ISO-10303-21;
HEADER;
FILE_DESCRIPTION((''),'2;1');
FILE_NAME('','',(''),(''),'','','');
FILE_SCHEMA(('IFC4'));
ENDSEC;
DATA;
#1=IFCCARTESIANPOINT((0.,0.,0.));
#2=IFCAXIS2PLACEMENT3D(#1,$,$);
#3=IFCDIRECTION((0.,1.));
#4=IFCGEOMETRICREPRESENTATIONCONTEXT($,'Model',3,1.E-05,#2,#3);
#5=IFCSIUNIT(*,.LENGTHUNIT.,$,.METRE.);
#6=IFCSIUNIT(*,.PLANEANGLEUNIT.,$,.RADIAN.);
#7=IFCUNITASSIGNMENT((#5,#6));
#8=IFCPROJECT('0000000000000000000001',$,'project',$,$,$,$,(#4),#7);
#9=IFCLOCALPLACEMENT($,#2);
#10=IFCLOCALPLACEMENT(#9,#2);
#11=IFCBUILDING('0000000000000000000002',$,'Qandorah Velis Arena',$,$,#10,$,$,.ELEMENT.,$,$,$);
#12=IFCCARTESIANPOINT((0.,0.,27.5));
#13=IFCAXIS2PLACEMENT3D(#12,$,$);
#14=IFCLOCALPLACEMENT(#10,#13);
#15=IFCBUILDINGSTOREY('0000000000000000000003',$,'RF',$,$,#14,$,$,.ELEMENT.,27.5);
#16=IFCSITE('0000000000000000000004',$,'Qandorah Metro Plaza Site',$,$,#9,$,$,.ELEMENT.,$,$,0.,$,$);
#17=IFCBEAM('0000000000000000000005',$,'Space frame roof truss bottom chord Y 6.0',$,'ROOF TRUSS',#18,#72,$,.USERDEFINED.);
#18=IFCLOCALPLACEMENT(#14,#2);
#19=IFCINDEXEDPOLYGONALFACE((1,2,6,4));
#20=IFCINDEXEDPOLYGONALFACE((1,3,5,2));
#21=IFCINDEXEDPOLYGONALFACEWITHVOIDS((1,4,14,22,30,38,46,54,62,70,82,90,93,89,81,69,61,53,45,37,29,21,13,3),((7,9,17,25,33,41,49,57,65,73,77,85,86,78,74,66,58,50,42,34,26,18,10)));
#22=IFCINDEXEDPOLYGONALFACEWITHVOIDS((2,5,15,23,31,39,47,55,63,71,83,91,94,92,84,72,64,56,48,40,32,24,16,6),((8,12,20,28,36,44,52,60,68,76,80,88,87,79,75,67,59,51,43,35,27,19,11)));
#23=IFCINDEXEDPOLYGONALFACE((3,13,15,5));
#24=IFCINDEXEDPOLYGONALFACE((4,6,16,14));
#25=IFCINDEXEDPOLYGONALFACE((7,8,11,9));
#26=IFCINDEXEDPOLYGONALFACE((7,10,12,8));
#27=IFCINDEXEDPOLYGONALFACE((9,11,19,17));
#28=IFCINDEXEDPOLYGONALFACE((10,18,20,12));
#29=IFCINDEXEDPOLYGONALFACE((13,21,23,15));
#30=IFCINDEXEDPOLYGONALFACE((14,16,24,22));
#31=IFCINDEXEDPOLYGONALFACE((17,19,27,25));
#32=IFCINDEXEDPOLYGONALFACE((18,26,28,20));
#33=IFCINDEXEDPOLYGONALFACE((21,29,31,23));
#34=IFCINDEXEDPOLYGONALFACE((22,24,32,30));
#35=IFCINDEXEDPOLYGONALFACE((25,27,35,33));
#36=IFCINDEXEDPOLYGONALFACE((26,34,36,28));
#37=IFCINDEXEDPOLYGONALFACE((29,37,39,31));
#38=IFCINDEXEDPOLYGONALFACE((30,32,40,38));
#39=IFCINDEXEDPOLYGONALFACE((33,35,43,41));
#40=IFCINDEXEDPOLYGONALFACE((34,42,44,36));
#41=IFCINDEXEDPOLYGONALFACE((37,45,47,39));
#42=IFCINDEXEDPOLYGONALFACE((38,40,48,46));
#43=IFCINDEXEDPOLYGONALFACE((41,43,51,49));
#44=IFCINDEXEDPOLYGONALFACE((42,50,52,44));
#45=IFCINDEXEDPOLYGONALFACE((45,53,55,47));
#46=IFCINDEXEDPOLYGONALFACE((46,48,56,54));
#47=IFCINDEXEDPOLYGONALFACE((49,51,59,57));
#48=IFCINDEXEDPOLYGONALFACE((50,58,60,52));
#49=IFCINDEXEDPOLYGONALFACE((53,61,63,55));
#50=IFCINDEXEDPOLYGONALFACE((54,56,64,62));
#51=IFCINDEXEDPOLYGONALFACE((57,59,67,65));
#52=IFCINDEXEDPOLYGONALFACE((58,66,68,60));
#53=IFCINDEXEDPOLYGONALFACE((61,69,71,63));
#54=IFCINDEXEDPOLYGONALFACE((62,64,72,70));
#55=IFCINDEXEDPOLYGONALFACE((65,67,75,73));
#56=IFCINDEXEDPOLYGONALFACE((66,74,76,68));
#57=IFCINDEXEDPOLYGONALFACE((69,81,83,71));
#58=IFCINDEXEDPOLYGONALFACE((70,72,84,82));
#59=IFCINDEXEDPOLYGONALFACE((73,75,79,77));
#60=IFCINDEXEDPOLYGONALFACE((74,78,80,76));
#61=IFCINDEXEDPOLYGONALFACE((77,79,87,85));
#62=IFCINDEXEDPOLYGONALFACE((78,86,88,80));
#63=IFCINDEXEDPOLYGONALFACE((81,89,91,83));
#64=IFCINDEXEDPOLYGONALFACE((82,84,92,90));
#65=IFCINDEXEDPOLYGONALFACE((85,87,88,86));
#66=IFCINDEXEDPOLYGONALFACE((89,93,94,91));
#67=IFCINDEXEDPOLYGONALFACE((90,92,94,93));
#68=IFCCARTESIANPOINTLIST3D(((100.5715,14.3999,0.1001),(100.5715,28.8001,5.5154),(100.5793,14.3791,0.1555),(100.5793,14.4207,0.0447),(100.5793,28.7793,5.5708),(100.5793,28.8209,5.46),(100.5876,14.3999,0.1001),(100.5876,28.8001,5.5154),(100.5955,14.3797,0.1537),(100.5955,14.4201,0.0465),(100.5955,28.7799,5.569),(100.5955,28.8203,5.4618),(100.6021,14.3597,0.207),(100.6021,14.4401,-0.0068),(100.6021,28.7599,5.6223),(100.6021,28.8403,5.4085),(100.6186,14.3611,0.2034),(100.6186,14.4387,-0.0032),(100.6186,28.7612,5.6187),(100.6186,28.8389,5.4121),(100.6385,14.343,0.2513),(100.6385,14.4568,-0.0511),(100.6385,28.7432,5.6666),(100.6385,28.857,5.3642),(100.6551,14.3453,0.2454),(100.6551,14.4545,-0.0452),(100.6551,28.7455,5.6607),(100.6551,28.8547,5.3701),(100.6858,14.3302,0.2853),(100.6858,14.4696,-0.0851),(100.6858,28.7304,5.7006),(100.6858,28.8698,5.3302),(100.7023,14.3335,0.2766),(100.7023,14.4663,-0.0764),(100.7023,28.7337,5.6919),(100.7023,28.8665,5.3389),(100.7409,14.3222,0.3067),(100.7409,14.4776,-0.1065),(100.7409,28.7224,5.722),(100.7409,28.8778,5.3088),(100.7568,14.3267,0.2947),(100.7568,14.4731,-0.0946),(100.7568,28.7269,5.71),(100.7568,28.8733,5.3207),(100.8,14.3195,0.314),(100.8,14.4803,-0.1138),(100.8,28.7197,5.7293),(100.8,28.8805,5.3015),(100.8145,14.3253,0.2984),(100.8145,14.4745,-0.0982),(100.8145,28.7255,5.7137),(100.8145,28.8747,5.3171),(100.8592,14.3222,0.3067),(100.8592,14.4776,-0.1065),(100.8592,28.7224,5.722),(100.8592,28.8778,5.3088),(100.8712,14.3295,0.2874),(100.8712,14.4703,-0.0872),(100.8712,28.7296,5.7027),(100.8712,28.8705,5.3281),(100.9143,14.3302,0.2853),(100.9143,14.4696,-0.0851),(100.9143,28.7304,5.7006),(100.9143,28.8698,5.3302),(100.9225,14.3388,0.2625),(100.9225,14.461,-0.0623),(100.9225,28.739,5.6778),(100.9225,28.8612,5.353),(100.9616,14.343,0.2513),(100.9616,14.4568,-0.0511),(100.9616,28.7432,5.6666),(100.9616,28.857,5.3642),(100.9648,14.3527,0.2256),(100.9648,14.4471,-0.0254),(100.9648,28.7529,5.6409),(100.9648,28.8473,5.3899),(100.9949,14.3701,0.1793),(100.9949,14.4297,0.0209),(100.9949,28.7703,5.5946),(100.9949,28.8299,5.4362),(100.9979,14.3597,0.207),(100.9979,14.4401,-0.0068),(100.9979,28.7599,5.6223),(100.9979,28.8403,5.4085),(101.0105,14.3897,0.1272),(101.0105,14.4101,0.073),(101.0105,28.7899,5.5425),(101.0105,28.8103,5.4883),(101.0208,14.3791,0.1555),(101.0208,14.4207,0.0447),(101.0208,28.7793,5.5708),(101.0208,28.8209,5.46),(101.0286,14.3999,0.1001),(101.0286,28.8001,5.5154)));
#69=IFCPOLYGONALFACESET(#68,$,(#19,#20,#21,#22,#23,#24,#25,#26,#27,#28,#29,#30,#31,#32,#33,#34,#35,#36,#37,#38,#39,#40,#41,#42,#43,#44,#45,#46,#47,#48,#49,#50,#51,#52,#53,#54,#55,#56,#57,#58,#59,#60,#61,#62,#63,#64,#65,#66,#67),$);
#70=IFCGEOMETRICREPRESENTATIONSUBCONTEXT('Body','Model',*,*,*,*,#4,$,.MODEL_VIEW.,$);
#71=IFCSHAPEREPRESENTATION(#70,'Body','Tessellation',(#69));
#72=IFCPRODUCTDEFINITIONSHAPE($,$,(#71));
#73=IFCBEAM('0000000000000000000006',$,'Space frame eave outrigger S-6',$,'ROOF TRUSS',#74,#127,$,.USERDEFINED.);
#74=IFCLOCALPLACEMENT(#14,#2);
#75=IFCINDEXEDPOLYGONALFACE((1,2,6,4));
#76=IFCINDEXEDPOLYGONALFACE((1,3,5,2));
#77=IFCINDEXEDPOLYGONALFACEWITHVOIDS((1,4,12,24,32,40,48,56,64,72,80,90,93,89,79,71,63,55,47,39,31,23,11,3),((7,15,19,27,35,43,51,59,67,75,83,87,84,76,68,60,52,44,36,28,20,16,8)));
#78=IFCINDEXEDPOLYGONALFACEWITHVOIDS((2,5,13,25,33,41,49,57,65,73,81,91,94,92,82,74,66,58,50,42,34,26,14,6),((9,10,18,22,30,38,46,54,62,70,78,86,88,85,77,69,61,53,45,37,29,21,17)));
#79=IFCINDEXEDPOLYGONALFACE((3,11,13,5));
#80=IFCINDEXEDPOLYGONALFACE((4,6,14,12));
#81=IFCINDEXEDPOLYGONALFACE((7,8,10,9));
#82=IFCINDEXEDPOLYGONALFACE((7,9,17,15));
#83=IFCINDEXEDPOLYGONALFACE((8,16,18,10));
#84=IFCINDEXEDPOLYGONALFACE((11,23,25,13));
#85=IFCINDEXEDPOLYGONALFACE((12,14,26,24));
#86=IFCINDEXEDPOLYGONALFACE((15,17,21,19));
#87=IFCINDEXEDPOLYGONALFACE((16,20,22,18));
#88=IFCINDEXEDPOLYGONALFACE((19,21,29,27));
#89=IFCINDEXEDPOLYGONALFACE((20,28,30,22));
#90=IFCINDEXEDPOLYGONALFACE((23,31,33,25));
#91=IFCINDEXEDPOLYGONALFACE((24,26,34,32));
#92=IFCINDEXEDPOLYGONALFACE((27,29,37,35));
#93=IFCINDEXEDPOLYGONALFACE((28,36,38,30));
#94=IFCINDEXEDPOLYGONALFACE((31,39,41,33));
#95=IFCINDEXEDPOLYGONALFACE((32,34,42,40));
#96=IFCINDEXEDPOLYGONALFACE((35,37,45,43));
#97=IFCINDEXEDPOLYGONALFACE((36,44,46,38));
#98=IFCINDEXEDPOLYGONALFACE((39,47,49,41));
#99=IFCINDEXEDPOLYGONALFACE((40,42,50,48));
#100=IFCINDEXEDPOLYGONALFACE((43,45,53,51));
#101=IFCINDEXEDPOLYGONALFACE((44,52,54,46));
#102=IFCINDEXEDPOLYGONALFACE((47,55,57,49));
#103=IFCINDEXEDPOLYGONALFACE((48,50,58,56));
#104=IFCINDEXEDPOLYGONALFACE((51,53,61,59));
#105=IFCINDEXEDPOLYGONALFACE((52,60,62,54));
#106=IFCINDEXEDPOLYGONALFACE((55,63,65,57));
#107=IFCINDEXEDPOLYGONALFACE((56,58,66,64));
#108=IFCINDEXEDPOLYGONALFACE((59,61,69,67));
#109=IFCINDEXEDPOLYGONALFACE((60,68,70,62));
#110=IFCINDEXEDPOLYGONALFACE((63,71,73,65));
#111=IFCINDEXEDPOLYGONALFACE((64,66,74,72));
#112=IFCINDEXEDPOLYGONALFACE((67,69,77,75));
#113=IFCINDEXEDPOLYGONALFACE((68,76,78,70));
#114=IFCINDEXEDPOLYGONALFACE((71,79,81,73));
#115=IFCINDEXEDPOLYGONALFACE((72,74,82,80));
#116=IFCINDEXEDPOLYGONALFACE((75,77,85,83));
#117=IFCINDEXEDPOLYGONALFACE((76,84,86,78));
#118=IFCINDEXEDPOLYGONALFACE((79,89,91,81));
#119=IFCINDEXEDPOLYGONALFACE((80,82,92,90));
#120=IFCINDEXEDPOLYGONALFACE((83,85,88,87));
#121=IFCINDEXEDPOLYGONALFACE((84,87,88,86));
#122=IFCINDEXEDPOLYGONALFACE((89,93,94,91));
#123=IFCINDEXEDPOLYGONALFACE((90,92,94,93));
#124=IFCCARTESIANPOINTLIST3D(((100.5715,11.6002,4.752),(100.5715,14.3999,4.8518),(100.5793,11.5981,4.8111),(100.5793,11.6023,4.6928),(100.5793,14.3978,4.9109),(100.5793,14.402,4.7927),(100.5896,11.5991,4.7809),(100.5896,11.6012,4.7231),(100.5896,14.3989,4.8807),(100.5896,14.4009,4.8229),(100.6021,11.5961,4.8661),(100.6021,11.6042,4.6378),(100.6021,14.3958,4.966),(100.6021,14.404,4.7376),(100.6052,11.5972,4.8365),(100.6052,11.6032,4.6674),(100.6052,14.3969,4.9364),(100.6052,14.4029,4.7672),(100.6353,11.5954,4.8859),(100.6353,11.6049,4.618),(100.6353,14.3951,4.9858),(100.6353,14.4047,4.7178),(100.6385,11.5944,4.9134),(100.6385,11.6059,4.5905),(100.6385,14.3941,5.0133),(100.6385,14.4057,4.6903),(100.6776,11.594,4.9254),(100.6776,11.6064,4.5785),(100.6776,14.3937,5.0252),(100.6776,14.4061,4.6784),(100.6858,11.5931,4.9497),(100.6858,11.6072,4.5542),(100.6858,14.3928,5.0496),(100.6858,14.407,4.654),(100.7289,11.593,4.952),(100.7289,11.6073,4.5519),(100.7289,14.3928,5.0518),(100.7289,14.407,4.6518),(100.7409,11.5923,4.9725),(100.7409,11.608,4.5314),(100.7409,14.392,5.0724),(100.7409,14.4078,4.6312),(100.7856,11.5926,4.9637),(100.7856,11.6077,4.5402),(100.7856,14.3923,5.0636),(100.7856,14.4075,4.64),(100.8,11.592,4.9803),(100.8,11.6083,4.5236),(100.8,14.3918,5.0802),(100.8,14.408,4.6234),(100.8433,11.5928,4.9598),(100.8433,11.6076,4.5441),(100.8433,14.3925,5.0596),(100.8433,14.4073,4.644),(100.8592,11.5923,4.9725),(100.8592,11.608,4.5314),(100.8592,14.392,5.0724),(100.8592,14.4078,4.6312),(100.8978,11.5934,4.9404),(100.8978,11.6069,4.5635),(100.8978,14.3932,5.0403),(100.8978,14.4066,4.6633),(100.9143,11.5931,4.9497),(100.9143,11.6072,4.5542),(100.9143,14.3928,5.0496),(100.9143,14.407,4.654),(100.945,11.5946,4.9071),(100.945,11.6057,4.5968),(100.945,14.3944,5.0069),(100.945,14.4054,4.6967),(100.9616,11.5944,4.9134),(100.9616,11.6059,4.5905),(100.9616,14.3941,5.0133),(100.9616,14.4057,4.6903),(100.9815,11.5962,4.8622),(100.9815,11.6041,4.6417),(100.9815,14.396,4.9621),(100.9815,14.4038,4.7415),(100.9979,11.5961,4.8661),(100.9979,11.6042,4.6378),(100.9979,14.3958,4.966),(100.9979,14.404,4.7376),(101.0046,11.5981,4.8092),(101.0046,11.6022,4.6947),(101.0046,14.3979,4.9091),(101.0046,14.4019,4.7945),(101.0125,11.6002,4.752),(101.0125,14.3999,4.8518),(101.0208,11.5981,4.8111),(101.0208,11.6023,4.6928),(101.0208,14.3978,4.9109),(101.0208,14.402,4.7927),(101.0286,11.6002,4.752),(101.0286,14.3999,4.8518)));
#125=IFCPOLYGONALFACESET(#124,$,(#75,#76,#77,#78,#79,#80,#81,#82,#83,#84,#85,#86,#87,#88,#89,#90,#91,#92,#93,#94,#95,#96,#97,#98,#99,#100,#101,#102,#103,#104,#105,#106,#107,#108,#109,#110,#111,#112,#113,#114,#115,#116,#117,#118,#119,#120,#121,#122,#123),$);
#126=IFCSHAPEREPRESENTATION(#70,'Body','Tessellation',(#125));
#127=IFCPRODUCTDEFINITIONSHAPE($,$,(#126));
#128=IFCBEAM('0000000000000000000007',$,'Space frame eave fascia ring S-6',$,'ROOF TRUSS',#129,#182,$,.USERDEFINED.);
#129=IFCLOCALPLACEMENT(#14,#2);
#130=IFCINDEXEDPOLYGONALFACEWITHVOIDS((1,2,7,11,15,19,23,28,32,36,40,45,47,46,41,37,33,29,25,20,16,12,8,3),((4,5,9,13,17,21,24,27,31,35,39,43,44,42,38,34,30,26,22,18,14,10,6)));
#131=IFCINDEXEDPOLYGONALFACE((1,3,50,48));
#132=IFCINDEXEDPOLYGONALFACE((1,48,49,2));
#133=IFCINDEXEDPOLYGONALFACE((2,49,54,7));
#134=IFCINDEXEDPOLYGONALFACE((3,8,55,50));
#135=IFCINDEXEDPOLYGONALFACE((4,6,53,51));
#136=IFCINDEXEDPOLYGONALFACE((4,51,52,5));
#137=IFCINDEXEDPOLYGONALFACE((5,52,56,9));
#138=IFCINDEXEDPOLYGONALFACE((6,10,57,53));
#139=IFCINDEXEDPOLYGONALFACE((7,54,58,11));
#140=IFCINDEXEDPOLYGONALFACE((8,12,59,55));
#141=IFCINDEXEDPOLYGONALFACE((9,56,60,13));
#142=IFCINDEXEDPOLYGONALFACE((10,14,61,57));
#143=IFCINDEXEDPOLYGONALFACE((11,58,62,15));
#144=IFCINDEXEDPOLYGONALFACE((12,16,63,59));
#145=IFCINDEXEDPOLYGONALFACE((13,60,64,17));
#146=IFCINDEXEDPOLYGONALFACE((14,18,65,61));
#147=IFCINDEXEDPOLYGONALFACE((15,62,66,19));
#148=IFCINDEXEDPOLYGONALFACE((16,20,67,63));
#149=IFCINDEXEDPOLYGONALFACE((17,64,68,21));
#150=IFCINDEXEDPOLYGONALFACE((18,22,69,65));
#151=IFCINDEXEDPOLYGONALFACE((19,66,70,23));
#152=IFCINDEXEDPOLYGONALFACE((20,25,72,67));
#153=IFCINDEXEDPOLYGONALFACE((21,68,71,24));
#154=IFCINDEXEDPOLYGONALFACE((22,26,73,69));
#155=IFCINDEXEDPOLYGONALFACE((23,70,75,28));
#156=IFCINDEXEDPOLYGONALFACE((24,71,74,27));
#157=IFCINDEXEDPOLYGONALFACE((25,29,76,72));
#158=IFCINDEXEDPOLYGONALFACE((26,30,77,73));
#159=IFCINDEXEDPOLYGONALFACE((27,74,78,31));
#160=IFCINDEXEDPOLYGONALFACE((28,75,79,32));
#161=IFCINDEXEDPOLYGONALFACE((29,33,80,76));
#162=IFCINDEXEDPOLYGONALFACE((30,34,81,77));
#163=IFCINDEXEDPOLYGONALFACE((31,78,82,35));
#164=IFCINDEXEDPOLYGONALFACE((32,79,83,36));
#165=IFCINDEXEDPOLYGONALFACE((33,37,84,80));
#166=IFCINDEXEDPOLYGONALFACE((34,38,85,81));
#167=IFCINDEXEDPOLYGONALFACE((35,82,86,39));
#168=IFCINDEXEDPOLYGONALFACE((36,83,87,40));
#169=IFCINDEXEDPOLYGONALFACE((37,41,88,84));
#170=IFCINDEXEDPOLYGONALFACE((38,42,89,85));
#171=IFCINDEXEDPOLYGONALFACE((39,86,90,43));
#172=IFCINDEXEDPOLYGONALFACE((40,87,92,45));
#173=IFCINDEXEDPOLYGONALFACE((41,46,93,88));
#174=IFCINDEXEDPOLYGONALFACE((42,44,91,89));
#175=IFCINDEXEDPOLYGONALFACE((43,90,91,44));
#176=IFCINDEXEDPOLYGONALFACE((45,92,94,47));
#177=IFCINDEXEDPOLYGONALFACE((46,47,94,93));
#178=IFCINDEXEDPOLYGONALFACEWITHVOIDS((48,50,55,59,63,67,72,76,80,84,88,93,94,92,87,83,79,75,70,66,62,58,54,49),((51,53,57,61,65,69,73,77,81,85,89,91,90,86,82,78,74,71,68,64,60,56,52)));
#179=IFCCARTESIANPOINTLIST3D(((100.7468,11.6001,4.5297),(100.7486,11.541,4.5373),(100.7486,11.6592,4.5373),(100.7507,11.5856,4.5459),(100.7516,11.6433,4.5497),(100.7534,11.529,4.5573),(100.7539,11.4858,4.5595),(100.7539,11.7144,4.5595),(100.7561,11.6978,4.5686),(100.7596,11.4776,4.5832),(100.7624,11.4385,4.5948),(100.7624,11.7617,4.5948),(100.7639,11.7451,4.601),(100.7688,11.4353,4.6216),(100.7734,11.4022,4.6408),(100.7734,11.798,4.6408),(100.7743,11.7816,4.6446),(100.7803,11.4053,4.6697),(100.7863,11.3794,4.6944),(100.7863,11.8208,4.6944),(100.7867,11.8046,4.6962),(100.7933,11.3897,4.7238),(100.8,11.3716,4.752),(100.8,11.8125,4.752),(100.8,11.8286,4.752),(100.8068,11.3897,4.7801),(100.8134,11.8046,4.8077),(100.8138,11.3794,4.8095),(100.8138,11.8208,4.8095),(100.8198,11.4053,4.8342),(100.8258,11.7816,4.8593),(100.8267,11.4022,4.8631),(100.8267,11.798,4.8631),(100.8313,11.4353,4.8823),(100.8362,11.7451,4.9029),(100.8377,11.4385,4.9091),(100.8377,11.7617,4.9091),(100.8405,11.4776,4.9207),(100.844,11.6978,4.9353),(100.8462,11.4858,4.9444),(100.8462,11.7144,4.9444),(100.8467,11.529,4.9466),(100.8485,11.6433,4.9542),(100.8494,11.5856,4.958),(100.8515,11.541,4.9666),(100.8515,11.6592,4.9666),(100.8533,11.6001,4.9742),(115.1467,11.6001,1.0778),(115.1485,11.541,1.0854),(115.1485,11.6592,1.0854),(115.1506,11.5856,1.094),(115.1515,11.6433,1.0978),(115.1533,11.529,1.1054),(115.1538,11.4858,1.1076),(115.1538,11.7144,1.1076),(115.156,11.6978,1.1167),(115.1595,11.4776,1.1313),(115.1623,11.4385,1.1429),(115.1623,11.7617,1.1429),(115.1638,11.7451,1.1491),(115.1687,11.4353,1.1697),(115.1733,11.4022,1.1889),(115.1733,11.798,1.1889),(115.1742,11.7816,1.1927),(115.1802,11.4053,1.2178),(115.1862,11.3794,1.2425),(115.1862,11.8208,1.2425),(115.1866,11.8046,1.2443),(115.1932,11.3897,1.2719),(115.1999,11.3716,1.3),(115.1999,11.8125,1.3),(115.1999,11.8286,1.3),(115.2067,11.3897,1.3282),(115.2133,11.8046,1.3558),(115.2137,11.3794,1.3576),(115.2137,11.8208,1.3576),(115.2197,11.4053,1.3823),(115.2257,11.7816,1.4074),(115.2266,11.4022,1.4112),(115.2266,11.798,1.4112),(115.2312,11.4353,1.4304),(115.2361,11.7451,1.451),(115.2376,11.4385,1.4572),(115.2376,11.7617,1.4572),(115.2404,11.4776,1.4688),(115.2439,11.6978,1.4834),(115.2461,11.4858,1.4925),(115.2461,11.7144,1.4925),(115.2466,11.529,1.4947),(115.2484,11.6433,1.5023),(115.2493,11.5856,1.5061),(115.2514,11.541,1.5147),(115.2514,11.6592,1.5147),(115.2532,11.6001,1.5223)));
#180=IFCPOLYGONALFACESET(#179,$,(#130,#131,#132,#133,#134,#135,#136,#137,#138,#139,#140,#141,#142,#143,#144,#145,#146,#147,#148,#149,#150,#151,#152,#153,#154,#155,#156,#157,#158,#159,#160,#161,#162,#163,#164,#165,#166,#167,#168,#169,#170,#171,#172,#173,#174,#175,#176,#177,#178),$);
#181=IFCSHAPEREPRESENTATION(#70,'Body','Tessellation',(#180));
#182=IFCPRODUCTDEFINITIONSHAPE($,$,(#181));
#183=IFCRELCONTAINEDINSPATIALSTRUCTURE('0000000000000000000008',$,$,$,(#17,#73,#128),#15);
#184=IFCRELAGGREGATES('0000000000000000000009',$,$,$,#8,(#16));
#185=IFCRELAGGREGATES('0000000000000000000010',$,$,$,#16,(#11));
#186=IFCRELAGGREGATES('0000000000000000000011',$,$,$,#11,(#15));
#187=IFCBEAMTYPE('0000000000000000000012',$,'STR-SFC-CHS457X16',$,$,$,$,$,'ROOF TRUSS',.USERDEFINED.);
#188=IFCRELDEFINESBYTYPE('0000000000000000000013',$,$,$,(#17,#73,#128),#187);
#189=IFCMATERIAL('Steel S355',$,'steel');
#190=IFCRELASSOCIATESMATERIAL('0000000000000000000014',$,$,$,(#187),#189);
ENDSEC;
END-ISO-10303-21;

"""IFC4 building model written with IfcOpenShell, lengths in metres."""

from ifc_helpers import new_model, si_unit, direction, frame, origin, origin_2d, place, context, subcontext, project, spatial, hollow_circle, extrude, material, material_profile, profile_set, type_object, element, save


model = new_model("IFC4")

# Units and contexts
model_context = context("Model", 3, precision=1e-05, world=origin(), true_north=direction((0.0, 1.0)))
body_context = subcontext(model_context, "Body", "Model", "MODEL_VIEW")
ifc_project = project(units=[si_unit("LENGTHUNIT", "METRE"), si_unit("PLANEANGLEUNIT", "RADIAN")], contexts=[model_context])

# Site, building, storey
site_placement = place(None, origin())
site = spatial("IfcSite", under=ifc_project, at=site_placement, Name="Qandorah Metro Plaza Site", CompositionType="ELEMENT", RefElevation=0.0)
building_placement = place(site_placement, origin())
building = spatial("IfcBuilding", under=site, at=building_placement, Name="Qandorah Velis Arena", CompositionType="ELEMENT")
storey_placement = place(building_placement, frame((0.0, 0.0, 27.5)))
storey = spatial("IfcBuildingStorey", under=building, at=storey_placement, Name="RF", CompositionType="ELEMENT", Elevation=27.5)

# Beams
ifc_material_1 = material(Name="Steel S355", Category="steel")
ifc_material_profile_1 = material_profile(ifc_material_1, hollow_circle(Radius=0.2285, WallThickness=0.0161, at=origin_2d()), Name="CHS 457x16")
ifc_profile_set_1 = profile_set([ifc_material_profile_1], Name="Steel S355")
beam_type_1 = type_object("IfcBeamType", Name="STR-SFC-CHS457X16", ElementType="ROOF TRUSS", PredefinedType="USERDEFINED", material=ifc_profile_set_1)
beam_1_placement = place(storey_placement, frame((100.8, 14.3999, 0.1001), z_axis=(0.0, 0.936003, 0.351991), x_axis=(-1.0, 0.0, 0.0)))
element("IfcBeam", 1, at=beam_1_placement, inside=storey, type_object=beam_type_1, Name="Space frame roof truss bottom chord Y 6.0", ObjectType="ROOF TRUSS", PredefinedType="USERDEFINED", context=body_context, shape_type="SweptSolid", body=[
    extrude(hollow_circle(Radius=0.2285, WallThickness=0.0161, at=origin_2d()), origin(), (0.0, 0.0, 1.0), 15.3848),
])
beam_2_placement = place(storey_placement, frame((100.8, 14.3999, 4.8518), z_axis=(0.0, -0.999365, -0.035642), x_axis=(1.0, 0.0, 0.0)))
element("IfcBeam", 2, at=beam_2_placement, inside=storey, type_object=beam_type_1, Name="Space frame eave outrigger S-6", ObjectType="ROOF TRUSS", PredefinedType="USERDEFINED", context=body_context, shape_type="SweptSolid", body=[
    extrude(hollow_circle(Radius=0.2285, WallThickness=0.0161, at=origin_2d()), origin(), (0.0, 0.0, 1.0), 2.8015),
])
beam_3_placement = place(storey_placement, frame((100.8, 11.6001, 4.752), z_axis=(0.97245, 0.0, -0.233113), x_axis=(0.0, 1.0, 0.0)))
element("IfcBeam", 3, at=beam_3_placement, inside=storey, type_object=beam_type_1, Name="Space frame eave fascia ring S-6", ObjectType="ROOF TRUSS", PredefinedType="USERDEFINED", context=body_context, shape_type="SweptSolid", body=[
    extrude(hollow_circle(Radius=0.2285, WallThickness=0.0161, at=origin_2d()), origin(), (0.0, 0.0, 1.0), 14.8079),
])

save(model, "model.ifc")
